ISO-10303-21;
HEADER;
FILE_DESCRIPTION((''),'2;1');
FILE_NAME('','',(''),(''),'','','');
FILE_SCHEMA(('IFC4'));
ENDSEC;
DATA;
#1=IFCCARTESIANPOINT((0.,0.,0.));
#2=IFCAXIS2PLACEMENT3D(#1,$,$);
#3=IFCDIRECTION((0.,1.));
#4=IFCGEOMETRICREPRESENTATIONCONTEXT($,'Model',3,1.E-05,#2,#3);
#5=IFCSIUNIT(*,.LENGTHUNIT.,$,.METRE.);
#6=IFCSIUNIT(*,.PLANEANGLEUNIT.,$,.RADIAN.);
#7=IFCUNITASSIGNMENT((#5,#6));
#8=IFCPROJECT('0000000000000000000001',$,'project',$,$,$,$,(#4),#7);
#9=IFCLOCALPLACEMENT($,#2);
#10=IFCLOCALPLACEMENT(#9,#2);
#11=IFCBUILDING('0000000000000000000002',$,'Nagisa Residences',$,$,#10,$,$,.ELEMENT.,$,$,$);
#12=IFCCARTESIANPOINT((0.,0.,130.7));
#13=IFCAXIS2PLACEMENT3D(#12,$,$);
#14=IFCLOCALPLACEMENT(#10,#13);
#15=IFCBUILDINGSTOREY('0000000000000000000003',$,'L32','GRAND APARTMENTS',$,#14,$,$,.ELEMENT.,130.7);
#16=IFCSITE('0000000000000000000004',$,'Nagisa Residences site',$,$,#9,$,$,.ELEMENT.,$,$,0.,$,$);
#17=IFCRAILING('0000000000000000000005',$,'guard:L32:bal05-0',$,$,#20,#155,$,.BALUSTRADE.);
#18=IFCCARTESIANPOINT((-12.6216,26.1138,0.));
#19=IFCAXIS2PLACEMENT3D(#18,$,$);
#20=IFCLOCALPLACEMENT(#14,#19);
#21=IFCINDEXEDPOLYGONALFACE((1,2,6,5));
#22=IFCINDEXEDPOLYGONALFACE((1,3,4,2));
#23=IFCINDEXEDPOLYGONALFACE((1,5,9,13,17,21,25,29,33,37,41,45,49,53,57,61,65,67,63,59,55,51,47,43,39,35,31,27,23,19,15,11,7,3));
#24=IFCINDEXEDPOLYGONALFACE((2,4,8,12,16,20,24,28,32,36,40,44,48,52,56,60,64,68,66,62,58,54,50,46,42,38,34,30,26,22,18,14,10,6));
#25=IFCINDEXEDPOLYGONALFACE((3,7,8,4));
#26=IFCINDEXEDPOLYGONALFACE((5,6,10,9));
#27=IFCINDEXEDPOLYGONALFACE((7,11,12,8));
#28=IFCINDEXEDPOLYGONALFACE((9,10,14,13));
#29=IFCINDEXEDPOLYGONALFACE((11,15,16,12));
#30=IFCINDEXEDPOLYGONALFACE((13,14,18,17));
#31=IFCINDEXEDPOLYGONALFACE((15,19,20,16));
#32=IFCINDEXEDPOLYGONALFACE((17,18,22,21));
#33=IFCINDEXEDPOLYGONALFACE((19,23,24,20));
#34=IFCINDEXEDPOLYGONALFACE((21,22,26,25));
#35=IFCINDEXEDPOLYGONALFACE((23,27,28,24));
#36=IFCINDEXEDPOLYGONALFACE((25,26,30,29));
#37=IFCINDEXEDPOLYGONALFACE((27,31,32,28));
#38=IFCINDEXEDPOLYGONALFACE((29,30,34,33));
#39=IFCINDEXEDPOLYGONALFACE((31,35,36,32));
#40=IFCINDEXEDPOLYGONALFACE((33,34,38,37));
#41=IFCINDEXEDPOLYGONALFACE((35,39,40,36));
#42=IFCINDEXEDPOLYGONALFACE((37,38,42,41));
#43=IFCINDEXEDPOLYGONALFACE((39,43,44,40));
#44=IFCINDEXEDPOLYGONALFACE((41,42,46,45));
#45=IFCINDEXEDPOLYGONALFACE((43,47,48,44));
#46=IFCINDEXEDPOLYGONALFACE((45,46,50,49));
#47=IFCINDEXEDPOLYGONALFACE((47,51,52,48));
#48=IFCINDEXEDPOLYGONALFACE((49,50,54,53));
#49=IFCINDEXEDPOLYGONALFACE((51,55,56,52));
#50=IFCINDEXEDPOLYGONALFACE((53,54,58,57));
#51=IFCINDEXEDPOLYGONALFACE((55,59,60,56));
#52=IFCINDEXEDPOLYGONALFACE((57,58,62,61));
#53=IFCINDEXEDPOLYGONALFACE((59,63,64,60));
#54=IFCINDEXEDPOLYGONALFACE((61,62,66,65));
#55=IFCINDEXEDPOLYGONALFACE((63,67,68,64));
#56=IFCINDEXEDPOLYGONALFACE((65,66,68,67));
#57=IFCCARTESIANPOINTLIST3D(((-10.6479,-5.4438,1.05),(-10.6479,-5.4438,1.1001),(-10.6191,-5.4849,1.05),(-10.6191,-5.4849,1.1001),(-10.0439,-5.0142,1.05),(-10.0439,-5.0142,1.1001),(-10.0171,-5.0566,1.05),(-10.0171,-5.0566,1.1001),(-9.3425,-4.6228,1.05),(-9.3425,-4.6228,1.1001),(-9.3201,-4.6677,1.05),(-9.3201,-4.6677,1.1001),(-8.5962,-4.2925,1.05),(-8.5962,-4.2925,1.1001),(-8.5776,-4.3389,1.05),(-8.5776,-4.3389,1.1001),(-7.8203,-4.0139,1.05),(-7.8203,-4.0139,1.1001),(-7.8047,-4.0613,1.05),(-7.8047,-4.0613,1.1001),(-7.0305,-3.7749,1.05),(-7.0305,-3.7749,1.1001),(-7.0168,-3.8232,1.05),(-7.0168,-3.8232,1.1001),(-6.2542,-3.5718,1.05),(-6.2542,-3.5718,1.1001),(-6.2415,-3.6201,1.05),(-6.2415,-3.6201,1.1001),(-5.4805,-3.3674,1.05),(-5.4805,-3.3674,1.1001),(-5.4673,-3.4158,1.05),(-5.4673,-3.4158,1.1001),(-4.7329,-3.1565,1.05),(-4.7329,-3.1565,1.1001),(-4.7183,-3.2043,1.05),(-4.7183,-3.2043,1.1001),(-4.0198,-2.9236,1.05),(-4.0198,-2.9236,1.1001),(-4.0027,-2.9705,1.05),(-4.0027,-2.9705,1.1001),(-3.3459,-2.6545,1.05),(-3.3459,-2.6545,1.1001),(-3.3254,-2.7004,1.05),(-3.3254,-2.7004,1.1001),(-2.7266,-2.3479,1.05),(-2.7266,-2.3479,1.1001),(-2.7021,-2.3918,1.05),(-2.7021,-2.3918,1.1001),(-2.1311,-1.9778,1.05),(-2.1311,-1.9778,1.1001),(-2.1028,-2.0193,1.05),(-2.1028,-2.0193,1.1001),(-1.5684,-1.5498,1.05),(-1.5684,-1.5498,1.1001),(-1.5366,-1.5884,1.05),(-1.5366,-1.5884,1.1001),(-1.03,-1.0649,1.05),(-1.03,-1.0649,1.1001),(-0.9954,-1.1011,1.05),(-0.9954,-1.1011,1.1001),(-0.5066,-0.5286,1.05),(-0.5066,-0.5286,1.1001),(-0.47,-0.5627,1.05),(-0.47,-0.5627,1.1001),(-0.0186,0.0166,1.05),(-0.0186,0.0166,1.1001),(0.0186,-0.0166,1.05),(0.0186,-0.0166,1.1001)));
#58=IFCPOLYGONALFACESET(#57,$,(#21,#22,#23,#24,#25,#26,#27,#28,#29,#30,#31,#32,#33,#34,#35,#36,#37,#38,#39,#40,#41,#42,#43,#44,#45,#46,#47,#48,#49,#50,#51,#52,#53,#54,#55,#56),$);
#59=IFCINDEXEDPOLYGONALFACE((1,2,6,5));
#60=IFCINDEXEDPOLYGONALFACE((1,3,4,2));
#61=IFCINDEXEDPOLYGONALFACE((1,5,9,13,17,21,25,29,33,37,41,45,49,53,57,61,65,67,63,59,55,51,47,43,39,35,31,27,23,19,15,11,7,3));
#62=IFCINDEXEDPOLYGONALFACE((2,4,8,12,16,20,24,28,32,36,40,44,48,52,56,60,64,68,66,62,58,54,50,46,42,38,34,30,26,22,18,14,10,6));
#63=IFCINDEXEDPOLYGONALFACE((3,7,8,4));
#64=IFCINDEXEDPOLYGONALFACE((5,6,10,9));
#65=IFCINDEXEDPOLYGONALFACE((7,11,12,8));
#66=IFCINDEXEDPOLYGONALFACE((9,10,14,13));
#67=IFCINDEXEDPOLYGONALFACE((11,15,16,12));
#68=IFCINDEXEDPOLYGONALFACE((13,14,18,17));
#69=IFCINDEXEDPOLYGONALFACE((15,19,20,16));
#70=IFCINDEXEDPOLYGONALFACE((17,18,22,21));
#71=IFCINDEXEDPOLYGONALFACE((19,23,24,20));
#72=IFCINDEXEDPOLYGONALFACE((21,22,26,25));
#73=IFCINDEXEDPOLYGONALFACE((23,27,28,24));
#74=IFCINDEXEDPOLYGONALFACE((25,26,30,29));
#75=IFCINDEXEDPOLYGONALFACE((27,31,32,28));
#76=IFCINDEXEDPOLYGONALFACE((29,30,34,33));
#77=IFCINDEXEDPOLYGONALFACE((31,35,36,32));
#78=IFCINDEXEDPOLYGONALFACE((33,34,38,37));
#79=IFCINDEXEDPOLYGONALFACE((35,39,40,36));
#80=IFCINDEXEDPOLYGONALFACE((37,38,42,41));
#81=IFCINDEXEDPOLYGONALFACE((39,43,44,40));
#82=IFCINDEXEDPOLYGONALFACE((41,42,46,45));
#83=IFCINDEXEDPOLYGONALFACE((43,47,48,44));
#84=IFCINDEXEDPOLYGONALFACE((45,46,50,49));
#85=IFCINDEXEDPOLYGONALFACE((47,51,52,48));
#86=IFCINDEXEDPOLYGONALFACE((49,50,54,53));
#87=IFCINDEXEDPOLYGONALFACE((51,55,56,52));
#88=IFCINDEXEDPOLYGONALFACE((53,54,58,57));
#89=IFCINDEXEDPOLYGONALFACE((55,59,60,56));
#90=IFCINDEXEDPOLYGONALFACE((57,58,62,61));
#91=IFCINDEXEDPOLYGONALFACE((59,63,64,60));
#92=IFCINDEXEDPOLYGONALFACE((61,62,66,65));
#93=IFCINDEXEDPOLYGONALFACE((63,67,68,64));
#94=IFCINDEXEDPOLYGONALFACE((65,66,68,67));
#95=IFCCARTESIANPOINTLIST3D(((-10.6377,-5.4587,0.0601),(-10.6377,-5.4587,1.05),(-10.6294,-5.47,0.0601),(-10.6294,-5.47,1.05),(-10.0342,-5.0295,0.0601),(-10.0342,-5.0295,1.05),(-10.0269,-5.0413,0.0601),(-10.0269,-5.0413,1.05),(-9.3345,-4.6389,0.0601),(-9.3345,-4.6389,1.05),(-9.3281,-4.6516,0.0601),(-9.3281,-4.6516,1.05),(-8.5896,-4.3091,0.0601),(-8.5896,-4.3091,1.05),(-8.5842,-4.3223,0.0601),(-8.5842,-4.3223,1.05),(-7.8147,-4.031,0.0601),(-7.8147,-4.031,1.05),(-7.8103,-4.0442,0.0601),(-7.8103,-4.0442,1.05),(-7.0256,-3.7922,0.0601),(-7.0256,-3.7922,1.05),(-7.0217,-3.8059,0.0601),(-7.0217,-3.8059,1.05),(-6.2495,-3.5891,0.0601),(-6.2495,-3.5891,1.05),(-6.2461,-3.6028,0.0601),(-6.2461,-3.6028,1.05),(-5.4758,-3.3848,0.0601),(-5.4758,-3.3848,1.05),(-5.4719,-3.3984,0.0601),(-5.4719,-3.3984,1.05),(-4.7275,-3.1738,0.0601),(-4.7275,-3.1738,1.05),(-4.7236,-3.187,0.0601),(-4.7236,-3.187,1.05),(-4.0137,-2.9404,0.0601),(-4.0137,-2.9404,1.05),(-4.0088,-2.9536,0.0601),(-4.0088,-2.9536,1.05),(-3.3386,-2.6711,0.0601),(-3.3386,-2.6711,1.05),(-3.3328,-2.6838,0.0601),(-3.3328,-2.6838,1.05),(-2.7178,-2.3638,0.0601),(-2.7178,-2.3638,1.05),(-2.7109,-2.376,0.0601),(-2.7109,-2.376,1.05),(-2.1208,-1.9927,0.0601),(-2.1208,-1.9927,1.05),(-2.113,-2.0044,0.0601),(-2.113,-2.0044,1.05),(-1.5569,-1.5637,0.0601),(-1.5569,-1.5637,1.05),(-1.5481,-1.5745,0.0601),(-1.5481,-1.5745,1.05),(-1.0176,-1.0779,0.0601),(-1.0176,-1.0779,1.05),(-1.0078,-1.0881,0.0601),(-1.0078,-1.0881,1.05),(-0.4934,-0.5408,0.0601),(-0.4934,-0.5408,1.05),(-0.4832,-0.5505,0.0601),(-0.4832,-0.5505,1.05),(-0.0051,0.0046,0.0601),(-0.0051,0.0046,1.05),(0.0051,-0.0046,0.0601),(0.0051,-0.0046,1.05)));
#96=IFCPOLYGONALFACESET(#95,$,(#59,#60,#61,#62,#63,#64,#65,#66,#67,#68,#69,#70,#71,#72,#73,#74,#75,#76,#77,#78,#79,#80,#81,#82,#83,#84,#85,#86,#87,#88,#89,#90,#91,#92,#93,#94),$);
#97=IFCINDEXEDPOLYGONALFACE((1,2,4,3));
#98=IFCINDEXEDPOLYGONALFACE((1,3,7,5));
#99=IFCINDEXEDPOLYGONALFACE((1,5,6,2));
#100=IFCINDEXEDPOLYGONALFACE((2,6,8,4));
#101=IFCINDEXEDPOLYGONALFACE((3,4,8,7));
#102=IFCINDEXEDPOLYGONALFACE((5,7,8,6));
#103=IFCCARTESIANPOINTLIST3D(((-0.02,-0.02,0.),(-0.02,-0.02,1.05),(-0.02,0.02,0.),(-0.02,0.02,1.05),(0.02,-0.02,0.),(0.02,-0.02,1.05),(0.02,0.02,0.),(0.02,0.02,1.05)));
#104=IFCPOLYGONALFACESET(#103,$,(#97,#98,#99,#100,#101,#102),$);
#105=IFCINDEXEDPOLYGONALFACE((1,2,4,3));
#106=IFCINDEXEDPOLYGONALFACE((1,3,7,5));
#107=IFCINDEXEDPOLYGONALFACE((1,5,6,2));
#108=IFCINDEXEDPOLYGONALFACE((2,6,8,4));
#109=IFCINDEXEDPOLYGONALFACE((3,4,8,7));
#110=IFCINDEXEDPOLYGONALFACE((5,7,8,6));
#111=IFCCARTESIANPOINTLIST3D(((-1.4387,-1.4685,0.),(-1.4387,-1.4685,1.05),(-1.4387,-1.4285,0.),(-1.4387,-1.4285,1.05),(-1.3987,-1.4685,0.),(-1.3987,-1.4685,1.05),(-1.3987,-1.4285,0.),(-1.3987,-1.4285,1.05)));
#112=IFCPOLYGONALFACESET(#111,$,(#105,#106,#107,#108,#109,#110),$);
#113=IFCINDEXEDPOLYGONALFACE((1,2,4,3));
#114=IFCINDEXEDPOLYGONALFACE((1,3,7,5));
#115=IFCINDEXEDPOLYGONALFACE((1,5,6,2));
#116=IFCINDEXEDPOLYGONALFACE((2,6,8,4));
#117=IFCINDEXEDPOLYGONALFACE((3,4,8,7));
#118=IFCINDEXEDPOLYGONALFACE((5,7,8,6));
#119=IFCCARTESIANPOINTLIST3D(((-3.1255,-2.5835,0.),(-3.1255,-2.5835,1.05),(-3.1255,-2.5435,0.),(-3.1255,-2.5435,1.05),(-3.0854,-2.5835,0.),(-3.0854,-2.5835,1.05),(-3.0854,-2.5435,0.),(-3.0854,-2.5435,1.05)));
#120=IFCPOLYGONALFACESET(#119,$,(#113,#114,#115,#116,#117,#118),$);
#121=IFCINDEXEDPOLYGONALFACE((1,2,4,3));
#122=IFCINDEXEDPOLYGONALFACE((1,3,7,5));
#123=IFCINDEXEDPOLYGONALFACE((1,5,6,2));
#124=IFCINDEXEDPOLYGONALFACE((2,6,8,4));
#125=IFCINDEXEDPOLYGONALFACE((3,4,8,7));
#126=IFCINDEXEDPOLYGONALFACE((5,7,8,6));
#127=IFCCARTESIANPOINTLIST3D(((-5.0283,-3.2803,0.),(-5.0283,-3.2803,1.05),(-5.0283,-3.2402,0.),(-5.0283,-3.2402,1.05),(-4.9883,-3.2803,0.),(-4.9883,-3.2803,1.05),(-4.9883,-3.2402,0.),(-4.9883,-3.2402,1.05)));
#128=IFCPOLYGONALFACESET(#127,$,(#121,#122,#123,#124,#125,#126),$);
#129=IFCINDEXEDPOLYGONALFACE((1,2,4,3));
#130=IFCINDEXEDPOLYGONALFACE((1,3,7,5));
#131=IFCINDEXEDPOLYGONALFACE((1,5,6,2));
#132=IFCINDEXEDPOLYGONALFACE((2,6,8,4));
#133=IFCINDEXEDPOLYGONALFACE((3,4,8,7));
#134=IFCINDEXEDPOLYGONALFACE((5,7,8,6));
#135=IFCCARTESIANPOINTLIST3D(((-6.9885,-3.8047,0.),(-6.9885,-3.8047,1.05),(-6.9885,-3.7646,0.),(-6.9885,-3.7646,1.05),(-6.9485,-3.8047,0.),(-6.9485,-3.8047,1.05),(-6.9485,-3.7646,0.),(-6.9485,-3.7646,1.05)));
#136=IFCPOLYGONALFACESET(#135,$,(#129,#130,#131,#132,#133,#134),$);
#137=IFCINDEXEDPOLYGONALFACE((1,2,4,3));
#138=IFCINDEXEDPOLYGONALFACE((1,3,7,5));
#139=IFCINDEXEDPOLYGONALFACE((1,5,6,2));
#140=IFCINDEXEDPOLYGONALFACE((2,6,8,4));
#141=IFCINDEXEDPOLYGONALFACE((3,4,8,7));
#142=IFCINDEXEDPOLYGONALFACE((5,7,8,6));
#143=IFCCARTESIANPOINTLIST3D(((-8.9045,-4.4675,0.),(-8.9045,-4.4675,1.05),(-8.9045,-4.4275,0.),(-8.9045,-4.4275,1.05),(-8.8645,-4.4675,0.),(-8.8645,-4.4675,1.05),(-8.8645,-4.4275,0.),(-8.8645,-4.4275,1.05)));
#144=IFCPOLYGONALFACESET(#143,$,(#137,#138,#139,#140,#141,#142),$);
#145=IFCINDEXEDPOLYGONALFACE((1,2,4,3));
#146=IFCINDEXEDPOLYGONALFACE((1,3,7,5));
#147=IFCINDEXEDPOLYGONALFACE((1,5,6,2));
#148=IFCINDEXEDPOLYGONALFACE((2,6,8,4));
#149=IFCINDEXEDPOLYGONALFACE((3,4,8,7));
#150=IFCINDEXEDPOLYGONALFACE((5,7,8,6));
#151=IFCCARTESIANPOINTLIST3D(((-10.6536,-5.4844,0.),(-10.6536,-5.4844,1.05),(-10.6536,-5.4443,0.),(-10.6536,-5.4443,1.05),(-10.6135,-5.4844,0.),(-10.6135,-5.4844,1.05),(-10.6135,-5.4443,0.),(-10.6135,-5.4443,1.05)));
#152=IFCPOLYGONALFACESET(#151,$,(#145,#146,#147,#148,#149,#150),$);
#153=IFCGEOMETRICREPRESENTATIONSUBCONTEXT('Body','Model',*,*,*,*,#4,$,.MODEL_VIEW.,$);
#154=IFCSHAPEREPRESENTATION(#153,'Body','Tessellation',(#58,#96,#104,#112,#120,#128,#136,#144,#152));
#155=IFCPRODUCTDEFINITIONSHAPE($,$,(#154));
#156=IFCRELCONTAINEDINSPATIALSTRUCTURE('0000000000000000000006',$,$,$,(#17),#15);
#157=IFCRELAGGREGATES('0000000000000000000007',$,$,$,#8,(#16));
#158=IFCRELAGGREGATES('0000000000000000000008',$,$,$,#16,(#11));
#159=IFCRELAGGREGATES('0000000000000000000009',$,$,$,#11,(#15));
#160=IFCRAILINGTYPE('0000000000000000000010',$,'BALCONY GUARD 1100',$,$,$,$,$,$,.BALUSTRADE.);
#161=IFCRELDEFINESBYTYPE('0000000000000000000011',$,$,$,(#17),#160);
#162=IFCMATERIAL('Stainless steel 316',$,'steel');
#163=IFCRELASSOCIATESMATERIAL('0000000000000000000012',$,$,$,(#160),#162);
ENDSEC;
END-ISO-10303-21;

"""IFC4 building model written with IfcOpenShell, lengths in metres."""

from ifc_helpers import new_model, si_unit, direction, frame, origin, origin_2d, place, context, subcontext, project, spatial, polyline, rectangle, outline, extrude, material, type_object, element, save


model = new_model("IFC4")

# Units and contexts
model_context = context("Model", 3, precision=1e-05, world=origin(), true_north=direction((0.0, 1.0)))
body_context = subcontext(model_context, "Body", "Model", "MODEL_VIEW")
ifc_project = project(units=[si_unit("LENGTHUNIT", "METRE"), si_unit("PLANEANGLEUNIT", "RADIAN")], contexts=[model_context])

# Site, building, storey
site_placement = place(None, origin())
site = spatial("IfcSite", under=ifc_project, at=site_placement, Name="Nagisa Residences site", CompositionType="ELEMENT", RefElevation=0.0)
building_placement = place(site_placement, origin())
building = spatial("IfcBuilding", under=site, at=building_placement, Name="Nagisa Residences", CompositionType="ELEMENT")
storey_placement = place(building_placement, frame((0.0, 0.0, 130.7)))
storey = spatial("IfcBuildingStorey", under=building, at=storey_placement, Name="L32", Description="GRAND APARTMENTS", CompositionType="ELEMENT", Elevation=130.7)

# Railing
ifc_material_1 = material(Name="Stainless steel 316", Category="steel")
railing_type = type_object("IfcRailingType", Name="BALCONY GUARD 1100", PredefinedType="BALUSTRADE", material=ifc_material_1)
railing_1_placement = place(storey_placement, frame((-12.6216, 26.1138, 0.0)))
element("IfcRailing", 1, at=railing_1_placement, inside=storey, type_object=railing_type, Name="guard:L32:bal05-0", PredefinedType="BALUSTRADE", context=body_context, shape_type="SweptSolid", body=[
    extrude(outline(polyline([(-0.47, -0.5627), (0.0186, -0.0166), (-0.0186, 0.0166), (-0.5066, -0.5286), (-1.03, -1.0649), (-1.5684, -1.5498), (-2.1311, -1.9778), (-2.7266, -2.3479), (-3.3459, -2.6545), (-4.0198, -2.9236), (-4.7329, -3.1565), (-5.4805, -3.3674), (-6.2542, -3.5718), (-7.0305, -3.7749), (-7.8203, -4.0139), (-8.5962, -4.2925), (-9.3425, -4.6228), (-10.0439, -5.0142), (-10.6479, -5.4438), (-10.6191, -5.4849), (-10.0171, -5.0566), (-9.3201, -4.6677), (-8.5776, -4.3389), (-7.8047, -4.0613), (-7.0168, -3.8232), (-6.2415, -3.6201), (-5.4673, -3.4158), (-4.7183, -3.2043), (-4.0027, -2.9705), (-3.3254, -2.7004), (-2.7021, -2.3918), (-2.1028, -2.0193), (-1.5366, -1.5884), (-0.9954, -1.1011), (-0.47, -0.5627)])), frame((0.0, 0.0, 1.05)), (0.0, 0.0, 1.0), 0.05),
    extrude(outline(polyline([(-0.4832, -0.5505), (0.0051, -0.0046), (-0.0051, 0.0046), (-0.4934, -0.5408), (-1.0176, -1.0779), (-1.5569, -1.5637), (-2.1208, -1.9927), (-2.7178, -2.3638), (-3.3386, -2.6711), (-4.0137, -2.9404), (-4.7275, -3.1738), (-5.4758, -3.3848), (-6.2495, -3.5891), (-7.0256, -3.7922), (-7.8147, -4.031), (-8.5896, -4.3091), (-9.3345, -4.6389), (-10.0342, -5.0295), (-10.6377, -5.4587), (-10.6294, -5.47), (-10.0269, -5.0413), (-9.3281, -4.6516), (-8.5842, -4.3223), (-7.8103, -4.0442), (-7.0217, -3.8059), (-6.2461, -3.6028), (-5.4719, -3.3984), (-4.7236, -3.187), (-4.0088, -2.9536), (-3.3328, -2.6838), (-2.7109, -2.376), (-2.113, -2.0044), (-1.5481, -1.5745), (-1.0078, -1.0881), (-0.4832, -0.5505)])), frame((0.0, 0.0, 0.0601)), (0.0, 0.0, 1.0), 0.99),
    extrude(rectangle(XDim=0.04, YDim=0.04, at=origin_2d()), origin(), (0.0, 0.0, 1.0), 1.05),
    extrude(rectangle(XDim=0.04, YDim=0.04, at=origin_2d()), frame((-1.4187, -1.4485, 0.0)), (0.0, 0.0, 1.0), 1.05),
    extrude(rectangle(XDim=0.04, YDim=0.04, at=origin_2d()), frame((-3.1055, -2.5635, 0.0)), (0.0, 0.0, 1.0), 1.05),
    extrude(rectangle(XDim=0.04, YDim=0.04, at=origin_2d()), frame((-5.0083, -3.2603, 0.0)), (0.0, 0.0, 1.0), 1.05),
    extrude(rectangle(XDim=0.04, YDim=0.04, at=origin_2d()), frame((-6.9685, -3.7847, 0.0)), (0.0, 0.0, 1.0), 1.05),
    extrude(rectangle(XDim=0.04, YDim=0.04, at=origin_2d()), frame((-8.8845, -4.4475, 0.0)), (0.0, 0.0, 1.0), 1.05),
    extrude(rectangle(XDim=0.04, YDim=0.04, at=origin_2d()), frame((-10.6335, -5.4644, 0.0)), (0.0, 0.0, 1.0), 1.05),
])

save(model, "model.ifc")
